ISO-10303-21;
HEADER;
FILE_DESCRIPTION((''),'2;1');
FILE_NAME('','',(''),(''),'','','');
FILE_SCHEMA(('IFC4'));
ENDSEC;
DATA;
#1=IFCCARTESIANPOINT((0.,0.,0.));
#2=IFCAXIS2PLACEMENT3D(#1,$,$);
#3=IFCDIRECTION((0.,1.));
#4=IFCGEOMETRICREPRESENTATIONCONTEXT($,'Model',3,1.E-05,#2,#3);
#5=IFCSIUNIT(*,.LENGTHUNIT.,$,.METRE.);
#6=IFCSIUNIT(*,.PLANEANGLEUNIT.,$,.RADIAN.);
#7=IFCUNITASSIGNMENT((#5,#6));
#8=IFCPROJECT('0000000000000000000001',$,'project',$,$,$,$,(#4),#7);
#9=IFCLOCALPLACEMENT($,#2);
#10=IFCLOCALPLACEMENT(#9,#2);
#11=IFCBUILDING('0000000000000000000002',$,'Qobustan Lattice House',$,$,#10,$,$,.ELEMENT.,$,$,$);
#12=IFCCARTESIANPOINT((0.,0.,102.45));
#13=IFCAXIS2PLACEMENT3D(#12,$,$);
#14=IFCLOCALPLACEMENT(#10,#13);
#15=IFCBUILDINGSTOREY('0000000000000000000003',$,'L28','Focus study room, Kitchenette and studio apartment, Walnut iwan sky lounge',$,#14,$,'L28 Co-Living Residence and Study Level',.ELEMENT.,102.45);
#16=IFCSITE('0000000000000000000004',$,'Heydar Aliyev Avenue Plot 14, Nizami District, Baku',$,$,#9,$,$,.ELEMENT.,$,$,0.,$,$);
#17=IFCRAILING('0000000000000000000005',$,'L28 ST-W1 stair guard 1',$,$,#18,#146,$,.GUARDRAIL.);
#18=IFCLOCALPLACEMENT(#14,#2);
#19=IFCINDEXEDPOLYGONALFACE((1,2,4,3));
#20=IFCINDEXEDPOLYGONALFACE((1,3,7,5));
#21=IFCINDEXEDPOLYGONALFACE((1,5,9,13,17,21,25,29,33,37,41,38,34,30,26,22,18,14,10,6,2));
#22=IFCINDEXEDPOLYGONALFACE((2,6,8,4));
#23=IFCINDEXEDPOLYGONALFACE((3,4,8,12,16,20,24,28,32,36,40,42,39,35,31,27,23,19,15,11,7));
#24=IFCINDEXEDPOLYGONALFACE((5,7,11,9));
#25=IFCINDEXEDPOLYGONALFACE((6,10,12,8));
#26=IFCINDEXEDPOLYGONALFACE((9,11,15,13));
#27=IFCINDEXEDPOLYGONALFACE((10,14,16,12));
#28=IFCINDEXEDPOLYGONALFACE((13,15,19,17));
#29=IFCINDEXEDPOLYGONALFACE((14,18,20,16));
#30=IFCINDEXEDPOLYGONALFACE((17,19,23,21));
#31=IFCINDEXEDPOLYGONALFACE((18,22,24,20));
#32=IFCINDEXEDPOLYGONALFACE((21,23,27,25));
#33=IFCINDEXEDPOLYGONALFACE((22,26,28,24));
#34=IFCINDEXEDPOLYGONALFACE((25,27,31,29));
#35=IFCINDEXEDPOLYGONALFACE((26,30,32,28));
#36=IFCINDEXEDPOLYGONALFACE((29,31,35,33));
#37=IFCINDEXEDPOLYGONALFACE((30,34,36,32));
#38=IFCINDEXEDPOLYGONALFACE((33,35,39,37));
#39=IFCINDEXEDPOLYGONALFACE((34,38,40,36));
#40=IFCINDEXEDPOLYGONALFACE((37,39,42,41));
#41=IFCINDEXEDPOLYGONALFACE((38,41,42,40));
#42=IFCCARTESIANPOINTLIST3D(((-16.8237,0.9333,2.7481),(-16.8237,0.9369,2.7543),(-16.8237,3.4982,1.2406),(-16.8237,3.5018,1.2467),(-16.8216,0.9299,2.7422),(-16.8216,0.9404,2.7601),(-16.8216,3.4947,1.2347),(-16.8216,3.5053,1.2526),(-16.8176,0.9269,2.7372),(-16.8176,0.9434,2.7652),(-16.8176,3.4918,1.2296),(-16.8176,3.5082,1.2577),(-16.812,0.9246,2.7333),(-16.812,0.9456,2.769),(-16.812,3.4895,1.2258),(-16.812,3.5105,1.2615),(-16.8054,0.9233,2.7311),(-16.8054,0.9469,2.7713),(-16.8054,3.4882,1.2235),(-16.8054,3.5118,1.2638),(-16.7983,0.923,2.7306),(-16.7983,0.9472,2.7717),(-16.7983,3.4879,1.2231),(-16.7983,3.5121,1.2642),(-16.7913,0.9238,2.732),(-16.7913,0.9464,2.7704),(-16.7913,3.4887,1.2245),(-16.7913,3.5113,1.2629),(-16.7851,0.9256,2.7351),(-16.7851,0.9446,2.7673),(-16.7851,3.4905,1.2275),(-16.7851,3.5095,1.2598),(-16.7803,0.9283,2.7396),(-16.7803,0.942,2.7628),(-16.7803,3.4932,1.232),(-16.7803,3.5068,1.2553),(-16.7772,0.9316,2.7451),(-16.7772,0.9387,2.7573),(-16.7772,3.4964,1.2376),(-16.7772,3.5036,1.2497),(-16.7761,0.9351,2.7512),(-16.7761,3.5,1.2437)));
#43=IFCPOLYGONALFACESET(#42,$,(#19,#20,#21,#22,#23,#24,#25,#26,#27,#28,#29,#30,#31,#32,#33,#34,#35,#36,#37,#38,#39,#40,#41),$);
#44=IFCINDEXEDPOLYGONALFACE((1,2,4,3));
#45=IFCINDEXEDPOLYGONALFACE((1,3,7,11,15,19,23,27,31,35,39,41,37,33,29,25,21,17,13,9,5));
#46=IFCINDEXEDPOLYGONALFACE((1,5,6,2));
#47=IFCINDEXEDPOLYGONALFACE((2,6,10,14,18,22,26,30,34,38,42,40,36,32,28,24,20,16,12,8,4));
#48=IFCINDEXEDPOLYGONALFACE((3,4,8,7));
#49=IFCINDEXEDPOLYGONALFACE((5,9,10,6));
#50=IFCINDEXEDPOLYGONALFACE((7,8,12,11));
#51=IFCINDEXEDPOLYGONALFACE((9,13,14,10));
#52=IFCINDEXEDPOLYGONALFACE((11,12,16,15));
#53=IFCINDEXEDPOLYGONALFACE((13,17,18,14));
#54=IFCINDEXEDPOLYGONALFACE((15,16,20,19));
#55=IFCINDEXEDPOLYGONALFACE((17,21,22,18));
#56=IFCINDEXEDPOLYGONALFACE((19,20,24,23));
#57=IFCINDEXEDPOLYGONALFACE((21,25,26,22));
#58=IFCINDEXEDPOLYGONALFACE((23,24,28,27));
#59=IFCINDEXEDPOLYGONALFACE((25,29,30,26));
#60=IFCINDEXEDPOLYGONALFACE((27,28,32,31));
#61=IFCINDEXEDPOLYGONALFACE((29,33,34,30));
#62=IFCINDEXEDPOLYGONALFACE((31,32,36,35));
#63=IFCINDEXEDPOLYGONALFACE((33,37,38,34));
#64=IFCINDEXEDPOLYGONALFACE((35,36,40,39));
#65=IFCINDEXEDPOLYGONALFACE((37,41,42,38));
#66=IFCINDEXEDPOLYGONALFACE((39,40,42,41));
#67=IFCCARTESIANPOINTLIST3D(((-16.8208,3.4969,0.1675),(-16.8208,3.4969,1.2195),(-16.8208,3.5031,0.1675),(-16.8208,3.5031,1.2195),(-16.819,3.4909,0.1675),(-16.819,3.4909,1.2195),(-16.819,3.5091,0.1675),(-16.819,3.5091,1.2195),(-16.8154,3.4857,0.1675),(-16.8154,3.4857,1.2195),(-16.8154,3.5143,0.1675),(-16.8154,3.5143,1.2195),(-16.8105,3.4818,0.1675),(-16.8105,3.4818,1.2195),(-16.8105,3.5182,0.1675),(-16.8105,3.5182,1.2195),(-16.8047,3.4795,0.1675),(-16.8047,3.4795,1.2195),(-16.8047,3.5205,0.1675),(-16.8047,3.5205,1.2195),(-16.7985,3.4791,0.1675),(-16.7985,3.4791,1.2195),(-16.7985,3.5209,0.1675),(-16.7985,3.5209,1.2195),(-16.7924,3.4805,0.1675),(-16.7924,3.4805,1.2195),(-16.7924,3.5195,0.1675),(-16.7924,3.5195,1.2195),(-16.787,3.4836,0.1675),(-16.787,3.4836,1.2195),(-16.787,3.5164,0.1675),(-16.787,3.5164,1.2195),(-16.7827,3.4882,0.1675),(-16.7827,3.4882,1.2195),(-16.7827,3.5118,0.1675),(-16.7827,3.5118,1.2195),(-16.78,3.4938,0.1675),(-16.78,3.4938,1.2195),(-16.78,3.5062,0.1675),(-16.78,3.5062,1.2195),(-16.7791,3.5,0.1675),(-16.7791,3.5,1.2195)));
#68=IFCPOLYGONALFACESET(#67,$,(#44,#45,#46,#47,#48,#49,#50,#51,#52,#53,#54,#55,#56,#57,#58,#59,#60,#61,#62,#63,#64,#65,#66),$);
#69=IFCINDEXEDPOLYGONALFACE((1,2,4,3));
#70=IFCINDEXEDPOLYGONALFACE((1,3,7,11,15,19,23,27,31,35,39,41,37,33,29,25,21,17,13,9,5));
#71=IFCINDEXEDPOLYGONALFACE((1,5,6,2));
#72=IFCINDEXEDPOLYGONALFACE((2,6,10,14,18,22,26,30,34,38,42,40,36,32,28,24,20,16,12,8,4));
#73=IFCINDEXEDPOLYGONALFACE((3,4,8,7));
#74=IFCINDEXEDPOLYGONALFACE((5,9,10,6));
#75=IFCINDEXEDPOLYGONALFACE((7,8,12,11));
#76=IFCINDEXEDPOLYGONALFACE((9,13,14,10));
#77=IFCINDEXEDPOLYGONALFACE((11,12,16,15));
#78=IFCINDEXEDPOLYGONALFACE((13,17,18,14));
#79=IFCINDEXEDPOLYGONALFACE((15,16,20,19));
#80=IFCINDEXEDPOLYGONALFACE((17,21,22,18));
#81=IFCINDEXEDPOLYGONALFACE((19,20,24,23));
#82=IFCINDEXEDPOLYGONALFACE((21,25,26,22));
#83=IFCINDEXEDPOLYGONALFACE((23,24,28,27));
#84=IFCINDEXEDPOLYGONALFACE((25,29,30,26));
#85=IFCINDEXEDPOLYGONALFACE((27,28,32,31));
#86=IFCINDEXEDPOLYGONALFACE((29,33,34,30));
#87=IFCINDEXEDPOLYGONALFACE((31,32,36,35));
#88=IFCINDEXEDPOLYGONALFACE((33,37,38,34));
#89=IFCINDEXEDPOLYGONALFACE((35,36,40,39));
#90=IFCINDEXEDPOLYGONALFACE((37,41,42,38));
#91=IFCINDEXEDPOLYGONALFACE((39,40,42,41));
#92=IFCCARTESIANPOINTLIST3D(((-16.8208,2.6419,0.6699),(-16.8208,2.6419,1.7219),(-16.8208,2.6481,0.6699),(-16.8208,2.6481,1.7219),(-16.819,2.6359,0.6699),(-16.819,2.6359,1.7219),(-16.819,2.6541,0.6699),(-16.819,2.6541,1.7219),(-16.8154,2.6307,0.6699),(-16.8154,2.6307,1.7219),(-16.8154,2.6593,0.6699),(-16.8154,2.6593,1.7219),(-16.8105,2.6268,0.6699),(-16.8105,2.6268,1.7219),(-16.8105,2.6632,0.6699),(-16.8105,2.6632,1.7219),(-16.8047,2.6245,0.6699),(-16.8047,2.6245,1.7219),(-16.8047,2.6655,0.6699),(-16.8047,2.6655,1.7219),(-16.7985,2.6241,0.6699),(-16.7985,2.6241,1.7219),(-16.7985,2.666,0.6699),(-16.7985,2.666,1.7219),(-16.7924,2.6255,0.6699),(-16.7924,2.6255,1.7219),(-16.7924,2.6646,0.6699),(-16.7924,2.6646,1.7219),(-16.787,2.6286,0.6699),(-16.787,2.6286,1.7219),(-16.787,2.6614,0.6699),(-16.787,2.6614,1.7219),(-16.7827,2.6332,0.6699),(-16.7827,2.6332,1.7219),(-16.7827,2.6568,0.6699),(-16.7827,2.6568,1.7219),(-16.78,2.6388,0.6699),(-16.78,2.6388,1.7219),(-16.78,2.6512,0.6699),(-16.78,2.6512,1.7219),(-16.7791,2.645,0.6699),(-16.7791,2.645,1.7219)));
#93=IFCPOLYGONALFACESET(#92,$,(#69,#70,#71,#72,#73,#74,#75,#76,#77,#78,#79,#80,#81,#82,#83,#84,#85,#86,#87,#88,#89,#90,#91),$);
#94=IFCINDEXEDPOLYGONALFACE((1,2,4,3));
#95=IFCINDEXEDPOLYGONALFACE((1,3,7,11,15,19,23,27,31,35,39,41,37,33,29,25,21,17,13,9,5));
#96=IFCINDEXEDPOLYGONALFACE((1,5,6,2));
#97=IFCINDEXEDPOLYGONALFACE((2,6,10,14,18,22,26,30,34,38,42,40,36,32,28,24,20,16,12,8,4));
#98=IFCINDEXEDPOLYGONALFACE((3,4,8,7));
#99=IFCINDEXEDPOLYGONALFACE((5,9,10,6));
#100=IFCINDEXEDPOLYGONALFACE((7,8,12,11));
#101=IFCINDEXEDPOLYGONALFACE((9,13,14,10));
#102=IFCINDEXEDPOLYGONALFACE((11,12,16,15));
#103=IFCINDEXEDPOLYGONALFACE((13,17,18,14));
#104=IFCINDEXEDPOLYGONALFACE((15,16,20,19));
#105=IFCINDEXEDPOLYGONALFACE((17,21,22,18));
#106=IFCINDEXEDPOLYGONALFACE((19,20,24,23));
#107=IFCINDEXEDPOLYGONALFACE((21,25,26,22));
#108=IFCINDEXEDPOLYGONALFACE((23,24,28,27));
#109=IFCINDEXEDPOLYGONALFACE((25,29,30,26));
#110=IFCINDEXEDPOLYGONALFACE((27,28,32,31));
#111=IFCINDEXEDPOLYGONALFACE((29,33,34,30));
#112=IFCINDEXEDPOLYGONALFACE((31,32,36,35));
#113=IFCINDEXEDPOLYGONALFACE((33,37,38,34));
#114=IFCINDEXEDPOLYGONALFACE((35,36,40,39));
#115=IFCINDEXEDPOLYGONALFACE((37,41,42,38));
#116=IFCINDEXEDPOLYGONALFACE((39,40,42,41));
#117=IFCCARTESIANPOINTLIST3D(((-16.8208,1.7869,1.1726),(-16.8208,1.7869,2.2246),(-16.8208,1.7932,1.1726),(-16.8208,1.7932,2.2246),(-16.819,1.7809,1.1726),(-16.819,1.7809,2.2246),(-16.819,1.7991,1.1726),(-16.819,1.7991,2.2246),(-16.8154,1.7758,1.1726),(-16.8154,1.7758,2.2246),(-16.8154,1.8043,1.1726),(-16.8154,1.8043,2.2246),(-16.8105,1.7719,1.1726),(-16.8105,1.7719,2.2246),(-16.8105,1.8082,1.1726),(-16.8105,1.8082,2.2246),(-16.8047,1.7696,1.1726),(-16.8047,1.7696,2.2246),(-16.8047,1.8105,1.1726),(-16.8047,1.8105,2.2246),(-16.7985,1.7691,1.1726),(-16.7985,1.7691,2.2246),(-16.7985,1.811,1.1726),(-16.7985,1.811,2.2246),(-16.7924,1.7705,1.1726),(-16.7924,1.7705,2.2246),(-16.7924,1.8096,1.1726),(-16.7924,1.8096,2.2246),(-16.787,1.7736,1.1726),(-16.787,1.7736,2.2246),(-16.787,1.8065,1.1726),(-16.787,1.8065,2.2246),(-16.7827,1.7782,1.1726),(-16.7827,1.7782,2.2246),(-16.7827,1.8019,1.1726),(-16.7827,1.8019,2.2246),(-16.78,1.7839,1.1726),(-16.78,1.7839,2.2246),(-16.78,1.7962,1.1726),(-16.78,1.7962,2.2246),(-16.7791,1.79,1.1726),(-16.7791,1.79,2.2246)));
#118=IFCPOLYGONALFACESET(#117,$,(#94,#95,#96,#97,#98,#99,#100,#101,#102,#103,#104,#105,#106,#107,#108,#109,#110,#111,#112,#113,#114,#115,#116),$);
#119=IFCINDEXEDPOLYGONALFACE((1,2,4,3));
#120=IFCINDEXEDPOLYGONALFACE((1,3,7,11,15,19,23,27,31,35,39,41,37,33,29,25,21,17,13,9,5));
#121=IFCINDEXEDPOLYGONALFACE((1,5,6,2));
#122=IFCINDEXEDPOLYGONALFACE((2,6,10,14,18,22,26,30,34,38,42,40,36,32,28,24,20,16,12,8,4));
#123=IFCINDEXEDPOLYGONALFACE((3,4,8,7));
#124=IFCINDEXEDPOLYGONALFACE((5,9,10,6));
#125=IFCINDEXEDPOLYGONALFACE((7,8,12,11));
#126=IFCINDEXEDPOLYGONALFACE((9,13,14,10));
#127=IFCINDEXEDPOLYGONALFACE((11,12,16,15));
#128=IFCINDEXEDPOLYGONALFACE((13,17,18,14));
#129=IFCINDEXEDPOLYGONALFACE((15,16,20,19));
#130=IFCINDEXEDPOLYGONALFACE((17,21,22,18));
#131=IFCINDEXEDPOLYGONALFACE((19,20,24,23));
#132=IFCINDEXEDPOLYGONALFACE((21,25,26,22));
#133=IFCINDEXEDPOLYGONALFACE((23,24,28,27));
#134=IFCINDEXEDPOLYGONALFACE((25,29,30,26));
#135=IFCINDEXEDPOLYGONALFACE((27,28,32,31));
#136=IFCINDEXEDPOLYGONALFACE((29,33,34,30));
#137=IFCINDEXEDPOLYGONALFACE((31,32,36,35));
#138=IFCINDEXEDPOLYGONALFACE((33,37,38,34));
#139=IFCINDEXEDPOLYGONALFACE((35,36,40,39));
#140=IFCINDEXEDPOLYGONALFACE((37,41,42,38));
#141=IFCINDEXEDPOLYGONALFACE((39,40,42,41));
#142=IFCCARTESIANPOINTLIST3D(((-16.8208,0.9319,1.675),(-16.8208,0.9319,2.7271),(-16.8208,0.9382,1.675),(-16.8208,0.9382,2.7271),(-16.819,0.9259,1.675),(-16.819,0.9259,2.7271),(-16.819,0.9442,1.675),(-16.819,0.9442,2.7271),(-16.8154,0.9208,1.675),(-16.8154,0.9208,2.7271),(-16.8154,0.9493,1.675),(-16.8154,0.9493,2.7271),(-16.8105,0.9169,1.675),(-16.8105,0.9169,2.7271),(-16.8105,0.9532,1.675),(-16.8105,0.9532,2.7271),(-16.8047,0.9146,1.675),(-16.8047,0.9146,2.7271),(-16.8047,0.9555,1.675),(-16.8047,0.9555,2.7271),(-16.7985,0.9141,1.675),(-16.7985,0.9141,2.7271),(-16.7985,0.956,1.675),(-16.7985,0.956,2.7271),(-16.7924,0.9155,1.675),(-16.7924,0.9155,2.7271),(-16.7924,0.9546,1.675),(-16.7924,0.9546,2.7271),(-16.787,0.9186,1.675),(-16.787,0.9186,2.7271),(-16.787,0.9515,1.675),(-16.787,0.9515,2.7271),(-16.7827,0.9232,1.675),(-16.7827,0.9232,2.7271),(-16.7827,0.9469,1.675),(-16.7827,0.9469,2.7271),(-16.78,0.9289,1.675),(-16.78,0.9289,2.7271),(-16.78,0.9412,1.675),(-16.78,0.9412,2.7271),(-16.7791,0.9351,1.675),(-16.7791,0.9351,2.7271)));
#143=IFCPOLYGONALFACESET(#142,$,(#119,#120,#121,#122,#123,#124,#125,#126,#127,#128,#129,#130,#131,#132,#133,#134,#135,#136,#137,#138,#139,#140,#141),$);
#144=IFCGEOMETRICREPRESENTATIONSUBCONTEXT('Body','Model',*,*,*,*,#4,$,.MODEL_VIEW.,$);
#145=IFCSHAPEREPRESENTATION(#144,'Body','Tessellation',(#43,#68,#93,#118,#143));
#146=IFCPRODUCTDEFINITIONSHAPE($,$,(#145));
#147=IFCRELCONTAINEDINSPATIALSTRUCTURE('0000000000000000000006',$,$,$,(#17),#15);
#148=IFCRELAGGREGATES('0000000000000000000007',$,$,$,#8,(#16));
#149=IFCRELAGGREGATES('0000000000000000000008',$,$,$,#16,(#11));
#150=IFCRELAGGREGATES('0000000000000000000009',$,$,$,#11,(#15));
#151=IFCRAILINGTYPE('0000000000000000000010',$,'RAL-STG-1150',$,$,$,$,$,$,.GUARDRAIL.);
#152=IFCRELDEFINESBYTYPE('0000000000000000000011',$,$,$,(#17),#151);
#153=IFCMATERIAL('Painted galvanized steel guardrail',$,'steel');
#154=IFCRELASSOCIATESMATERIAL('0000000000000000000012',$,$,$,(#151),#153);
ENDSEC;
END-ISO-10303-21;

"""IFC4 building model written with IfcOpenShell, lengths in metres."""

from ifc_helpers import new_model, si_unit, direction, frame, origin, origin_2d, place, context, subcontext, project, spatial, circle, extrude, material, type_object, element, save


model = new_model("IFC4")

# Units and contexts
model_context = context("Model", 3, precision=1e-05, world=origin(), true_north=direction((0.0, 1.0)))
body_context = subcontext(model_context, "Body", "Model", "MODEL_VIEW")
ifc_project = project(units=[si_unit("LENGTHUNIT", "METRE"), si_unit("PLANEANGLEUNIT", "RADIAN")], contexts=[model_context])

# Site, building, storey
site_placement = place(None, origin())
site = spatial("IfcSite", under=ifc_project, at=site_placement, Name="Heydar Aliyev Avenue Plot 14, Nizami District, Baku", CompositionType="ELEMENT", RefElevation=0.0)
building_placement = place(site_placement, origin())
building = spatial("IfcBuilding", under=site, at=building_placement, Name="Qobustan Lattice House", CompositionType="ELEMENT")
storey_placement = place(building_placement, frame((0.0, 0.0, 102.45)))
storey = spatial("IfcBuildingStorey", under=building, at=storey_placement, Name="L28", Description="Focus study room, Kitchenette and studio apartment, Walnut iwan sky lounge", LongName="L28 Co-Living Residence and Study Level", CompositionType="ELEMENT", Elevation=102.45)

# Railing
ifc_material_1 = material(Name="Painted galvanized steel guardrail", Category="steel")
railing_type_1 = type_object("IfcRailingType", Name="RAL-STG-1150", PredefinedType="GUARDRAIL", material=ifc_material_1)
railing_1_placement = place(storey_placement, frame((-16.8, 3.5, 0.1675)))
element("IfcRailing", 1, at=railing_1_placement, inside=storey, type_object=railing_type_1, Name="L28 ST-W1 stair guard 1", PredefinedType="GUARDRAIL", context=body_context, shape_type="SweptSolid", body=[
    extrude(circle(Radius=0.0239, at=origin_2d()), frame((0.0, 0.0, 1.0762), z_axis=(0.0, -0.862113, 0.506715), x_axis=(1.0, 0.0, 0.0)), (0.0, 0.0, 1.0), 2.9751),
    extrude(circle(Radius=0.021, at=origin_2d()), origin(), (0.0, 0.0, 1.0), 1.052),
    extrude(circle(Radius=0.021, at=origin_2d()), frame((0.0, -0.855, 0.5024)), (0.0, 0.0, 1.0), 1.052),
    extrude(circle(Radius=0.021, at=origin_2d()), frame((0.0, -1.71, 1.0051)), (0.0, 0.0, 1.0), 1.052),
    extrude(circle(Radius=0.021, at=origin_2d()), frame((0.0, -2.5649, 1.5076)), (0.0, 0.0, 1.0), 1.052),
])

save(model, "model.ifc")
